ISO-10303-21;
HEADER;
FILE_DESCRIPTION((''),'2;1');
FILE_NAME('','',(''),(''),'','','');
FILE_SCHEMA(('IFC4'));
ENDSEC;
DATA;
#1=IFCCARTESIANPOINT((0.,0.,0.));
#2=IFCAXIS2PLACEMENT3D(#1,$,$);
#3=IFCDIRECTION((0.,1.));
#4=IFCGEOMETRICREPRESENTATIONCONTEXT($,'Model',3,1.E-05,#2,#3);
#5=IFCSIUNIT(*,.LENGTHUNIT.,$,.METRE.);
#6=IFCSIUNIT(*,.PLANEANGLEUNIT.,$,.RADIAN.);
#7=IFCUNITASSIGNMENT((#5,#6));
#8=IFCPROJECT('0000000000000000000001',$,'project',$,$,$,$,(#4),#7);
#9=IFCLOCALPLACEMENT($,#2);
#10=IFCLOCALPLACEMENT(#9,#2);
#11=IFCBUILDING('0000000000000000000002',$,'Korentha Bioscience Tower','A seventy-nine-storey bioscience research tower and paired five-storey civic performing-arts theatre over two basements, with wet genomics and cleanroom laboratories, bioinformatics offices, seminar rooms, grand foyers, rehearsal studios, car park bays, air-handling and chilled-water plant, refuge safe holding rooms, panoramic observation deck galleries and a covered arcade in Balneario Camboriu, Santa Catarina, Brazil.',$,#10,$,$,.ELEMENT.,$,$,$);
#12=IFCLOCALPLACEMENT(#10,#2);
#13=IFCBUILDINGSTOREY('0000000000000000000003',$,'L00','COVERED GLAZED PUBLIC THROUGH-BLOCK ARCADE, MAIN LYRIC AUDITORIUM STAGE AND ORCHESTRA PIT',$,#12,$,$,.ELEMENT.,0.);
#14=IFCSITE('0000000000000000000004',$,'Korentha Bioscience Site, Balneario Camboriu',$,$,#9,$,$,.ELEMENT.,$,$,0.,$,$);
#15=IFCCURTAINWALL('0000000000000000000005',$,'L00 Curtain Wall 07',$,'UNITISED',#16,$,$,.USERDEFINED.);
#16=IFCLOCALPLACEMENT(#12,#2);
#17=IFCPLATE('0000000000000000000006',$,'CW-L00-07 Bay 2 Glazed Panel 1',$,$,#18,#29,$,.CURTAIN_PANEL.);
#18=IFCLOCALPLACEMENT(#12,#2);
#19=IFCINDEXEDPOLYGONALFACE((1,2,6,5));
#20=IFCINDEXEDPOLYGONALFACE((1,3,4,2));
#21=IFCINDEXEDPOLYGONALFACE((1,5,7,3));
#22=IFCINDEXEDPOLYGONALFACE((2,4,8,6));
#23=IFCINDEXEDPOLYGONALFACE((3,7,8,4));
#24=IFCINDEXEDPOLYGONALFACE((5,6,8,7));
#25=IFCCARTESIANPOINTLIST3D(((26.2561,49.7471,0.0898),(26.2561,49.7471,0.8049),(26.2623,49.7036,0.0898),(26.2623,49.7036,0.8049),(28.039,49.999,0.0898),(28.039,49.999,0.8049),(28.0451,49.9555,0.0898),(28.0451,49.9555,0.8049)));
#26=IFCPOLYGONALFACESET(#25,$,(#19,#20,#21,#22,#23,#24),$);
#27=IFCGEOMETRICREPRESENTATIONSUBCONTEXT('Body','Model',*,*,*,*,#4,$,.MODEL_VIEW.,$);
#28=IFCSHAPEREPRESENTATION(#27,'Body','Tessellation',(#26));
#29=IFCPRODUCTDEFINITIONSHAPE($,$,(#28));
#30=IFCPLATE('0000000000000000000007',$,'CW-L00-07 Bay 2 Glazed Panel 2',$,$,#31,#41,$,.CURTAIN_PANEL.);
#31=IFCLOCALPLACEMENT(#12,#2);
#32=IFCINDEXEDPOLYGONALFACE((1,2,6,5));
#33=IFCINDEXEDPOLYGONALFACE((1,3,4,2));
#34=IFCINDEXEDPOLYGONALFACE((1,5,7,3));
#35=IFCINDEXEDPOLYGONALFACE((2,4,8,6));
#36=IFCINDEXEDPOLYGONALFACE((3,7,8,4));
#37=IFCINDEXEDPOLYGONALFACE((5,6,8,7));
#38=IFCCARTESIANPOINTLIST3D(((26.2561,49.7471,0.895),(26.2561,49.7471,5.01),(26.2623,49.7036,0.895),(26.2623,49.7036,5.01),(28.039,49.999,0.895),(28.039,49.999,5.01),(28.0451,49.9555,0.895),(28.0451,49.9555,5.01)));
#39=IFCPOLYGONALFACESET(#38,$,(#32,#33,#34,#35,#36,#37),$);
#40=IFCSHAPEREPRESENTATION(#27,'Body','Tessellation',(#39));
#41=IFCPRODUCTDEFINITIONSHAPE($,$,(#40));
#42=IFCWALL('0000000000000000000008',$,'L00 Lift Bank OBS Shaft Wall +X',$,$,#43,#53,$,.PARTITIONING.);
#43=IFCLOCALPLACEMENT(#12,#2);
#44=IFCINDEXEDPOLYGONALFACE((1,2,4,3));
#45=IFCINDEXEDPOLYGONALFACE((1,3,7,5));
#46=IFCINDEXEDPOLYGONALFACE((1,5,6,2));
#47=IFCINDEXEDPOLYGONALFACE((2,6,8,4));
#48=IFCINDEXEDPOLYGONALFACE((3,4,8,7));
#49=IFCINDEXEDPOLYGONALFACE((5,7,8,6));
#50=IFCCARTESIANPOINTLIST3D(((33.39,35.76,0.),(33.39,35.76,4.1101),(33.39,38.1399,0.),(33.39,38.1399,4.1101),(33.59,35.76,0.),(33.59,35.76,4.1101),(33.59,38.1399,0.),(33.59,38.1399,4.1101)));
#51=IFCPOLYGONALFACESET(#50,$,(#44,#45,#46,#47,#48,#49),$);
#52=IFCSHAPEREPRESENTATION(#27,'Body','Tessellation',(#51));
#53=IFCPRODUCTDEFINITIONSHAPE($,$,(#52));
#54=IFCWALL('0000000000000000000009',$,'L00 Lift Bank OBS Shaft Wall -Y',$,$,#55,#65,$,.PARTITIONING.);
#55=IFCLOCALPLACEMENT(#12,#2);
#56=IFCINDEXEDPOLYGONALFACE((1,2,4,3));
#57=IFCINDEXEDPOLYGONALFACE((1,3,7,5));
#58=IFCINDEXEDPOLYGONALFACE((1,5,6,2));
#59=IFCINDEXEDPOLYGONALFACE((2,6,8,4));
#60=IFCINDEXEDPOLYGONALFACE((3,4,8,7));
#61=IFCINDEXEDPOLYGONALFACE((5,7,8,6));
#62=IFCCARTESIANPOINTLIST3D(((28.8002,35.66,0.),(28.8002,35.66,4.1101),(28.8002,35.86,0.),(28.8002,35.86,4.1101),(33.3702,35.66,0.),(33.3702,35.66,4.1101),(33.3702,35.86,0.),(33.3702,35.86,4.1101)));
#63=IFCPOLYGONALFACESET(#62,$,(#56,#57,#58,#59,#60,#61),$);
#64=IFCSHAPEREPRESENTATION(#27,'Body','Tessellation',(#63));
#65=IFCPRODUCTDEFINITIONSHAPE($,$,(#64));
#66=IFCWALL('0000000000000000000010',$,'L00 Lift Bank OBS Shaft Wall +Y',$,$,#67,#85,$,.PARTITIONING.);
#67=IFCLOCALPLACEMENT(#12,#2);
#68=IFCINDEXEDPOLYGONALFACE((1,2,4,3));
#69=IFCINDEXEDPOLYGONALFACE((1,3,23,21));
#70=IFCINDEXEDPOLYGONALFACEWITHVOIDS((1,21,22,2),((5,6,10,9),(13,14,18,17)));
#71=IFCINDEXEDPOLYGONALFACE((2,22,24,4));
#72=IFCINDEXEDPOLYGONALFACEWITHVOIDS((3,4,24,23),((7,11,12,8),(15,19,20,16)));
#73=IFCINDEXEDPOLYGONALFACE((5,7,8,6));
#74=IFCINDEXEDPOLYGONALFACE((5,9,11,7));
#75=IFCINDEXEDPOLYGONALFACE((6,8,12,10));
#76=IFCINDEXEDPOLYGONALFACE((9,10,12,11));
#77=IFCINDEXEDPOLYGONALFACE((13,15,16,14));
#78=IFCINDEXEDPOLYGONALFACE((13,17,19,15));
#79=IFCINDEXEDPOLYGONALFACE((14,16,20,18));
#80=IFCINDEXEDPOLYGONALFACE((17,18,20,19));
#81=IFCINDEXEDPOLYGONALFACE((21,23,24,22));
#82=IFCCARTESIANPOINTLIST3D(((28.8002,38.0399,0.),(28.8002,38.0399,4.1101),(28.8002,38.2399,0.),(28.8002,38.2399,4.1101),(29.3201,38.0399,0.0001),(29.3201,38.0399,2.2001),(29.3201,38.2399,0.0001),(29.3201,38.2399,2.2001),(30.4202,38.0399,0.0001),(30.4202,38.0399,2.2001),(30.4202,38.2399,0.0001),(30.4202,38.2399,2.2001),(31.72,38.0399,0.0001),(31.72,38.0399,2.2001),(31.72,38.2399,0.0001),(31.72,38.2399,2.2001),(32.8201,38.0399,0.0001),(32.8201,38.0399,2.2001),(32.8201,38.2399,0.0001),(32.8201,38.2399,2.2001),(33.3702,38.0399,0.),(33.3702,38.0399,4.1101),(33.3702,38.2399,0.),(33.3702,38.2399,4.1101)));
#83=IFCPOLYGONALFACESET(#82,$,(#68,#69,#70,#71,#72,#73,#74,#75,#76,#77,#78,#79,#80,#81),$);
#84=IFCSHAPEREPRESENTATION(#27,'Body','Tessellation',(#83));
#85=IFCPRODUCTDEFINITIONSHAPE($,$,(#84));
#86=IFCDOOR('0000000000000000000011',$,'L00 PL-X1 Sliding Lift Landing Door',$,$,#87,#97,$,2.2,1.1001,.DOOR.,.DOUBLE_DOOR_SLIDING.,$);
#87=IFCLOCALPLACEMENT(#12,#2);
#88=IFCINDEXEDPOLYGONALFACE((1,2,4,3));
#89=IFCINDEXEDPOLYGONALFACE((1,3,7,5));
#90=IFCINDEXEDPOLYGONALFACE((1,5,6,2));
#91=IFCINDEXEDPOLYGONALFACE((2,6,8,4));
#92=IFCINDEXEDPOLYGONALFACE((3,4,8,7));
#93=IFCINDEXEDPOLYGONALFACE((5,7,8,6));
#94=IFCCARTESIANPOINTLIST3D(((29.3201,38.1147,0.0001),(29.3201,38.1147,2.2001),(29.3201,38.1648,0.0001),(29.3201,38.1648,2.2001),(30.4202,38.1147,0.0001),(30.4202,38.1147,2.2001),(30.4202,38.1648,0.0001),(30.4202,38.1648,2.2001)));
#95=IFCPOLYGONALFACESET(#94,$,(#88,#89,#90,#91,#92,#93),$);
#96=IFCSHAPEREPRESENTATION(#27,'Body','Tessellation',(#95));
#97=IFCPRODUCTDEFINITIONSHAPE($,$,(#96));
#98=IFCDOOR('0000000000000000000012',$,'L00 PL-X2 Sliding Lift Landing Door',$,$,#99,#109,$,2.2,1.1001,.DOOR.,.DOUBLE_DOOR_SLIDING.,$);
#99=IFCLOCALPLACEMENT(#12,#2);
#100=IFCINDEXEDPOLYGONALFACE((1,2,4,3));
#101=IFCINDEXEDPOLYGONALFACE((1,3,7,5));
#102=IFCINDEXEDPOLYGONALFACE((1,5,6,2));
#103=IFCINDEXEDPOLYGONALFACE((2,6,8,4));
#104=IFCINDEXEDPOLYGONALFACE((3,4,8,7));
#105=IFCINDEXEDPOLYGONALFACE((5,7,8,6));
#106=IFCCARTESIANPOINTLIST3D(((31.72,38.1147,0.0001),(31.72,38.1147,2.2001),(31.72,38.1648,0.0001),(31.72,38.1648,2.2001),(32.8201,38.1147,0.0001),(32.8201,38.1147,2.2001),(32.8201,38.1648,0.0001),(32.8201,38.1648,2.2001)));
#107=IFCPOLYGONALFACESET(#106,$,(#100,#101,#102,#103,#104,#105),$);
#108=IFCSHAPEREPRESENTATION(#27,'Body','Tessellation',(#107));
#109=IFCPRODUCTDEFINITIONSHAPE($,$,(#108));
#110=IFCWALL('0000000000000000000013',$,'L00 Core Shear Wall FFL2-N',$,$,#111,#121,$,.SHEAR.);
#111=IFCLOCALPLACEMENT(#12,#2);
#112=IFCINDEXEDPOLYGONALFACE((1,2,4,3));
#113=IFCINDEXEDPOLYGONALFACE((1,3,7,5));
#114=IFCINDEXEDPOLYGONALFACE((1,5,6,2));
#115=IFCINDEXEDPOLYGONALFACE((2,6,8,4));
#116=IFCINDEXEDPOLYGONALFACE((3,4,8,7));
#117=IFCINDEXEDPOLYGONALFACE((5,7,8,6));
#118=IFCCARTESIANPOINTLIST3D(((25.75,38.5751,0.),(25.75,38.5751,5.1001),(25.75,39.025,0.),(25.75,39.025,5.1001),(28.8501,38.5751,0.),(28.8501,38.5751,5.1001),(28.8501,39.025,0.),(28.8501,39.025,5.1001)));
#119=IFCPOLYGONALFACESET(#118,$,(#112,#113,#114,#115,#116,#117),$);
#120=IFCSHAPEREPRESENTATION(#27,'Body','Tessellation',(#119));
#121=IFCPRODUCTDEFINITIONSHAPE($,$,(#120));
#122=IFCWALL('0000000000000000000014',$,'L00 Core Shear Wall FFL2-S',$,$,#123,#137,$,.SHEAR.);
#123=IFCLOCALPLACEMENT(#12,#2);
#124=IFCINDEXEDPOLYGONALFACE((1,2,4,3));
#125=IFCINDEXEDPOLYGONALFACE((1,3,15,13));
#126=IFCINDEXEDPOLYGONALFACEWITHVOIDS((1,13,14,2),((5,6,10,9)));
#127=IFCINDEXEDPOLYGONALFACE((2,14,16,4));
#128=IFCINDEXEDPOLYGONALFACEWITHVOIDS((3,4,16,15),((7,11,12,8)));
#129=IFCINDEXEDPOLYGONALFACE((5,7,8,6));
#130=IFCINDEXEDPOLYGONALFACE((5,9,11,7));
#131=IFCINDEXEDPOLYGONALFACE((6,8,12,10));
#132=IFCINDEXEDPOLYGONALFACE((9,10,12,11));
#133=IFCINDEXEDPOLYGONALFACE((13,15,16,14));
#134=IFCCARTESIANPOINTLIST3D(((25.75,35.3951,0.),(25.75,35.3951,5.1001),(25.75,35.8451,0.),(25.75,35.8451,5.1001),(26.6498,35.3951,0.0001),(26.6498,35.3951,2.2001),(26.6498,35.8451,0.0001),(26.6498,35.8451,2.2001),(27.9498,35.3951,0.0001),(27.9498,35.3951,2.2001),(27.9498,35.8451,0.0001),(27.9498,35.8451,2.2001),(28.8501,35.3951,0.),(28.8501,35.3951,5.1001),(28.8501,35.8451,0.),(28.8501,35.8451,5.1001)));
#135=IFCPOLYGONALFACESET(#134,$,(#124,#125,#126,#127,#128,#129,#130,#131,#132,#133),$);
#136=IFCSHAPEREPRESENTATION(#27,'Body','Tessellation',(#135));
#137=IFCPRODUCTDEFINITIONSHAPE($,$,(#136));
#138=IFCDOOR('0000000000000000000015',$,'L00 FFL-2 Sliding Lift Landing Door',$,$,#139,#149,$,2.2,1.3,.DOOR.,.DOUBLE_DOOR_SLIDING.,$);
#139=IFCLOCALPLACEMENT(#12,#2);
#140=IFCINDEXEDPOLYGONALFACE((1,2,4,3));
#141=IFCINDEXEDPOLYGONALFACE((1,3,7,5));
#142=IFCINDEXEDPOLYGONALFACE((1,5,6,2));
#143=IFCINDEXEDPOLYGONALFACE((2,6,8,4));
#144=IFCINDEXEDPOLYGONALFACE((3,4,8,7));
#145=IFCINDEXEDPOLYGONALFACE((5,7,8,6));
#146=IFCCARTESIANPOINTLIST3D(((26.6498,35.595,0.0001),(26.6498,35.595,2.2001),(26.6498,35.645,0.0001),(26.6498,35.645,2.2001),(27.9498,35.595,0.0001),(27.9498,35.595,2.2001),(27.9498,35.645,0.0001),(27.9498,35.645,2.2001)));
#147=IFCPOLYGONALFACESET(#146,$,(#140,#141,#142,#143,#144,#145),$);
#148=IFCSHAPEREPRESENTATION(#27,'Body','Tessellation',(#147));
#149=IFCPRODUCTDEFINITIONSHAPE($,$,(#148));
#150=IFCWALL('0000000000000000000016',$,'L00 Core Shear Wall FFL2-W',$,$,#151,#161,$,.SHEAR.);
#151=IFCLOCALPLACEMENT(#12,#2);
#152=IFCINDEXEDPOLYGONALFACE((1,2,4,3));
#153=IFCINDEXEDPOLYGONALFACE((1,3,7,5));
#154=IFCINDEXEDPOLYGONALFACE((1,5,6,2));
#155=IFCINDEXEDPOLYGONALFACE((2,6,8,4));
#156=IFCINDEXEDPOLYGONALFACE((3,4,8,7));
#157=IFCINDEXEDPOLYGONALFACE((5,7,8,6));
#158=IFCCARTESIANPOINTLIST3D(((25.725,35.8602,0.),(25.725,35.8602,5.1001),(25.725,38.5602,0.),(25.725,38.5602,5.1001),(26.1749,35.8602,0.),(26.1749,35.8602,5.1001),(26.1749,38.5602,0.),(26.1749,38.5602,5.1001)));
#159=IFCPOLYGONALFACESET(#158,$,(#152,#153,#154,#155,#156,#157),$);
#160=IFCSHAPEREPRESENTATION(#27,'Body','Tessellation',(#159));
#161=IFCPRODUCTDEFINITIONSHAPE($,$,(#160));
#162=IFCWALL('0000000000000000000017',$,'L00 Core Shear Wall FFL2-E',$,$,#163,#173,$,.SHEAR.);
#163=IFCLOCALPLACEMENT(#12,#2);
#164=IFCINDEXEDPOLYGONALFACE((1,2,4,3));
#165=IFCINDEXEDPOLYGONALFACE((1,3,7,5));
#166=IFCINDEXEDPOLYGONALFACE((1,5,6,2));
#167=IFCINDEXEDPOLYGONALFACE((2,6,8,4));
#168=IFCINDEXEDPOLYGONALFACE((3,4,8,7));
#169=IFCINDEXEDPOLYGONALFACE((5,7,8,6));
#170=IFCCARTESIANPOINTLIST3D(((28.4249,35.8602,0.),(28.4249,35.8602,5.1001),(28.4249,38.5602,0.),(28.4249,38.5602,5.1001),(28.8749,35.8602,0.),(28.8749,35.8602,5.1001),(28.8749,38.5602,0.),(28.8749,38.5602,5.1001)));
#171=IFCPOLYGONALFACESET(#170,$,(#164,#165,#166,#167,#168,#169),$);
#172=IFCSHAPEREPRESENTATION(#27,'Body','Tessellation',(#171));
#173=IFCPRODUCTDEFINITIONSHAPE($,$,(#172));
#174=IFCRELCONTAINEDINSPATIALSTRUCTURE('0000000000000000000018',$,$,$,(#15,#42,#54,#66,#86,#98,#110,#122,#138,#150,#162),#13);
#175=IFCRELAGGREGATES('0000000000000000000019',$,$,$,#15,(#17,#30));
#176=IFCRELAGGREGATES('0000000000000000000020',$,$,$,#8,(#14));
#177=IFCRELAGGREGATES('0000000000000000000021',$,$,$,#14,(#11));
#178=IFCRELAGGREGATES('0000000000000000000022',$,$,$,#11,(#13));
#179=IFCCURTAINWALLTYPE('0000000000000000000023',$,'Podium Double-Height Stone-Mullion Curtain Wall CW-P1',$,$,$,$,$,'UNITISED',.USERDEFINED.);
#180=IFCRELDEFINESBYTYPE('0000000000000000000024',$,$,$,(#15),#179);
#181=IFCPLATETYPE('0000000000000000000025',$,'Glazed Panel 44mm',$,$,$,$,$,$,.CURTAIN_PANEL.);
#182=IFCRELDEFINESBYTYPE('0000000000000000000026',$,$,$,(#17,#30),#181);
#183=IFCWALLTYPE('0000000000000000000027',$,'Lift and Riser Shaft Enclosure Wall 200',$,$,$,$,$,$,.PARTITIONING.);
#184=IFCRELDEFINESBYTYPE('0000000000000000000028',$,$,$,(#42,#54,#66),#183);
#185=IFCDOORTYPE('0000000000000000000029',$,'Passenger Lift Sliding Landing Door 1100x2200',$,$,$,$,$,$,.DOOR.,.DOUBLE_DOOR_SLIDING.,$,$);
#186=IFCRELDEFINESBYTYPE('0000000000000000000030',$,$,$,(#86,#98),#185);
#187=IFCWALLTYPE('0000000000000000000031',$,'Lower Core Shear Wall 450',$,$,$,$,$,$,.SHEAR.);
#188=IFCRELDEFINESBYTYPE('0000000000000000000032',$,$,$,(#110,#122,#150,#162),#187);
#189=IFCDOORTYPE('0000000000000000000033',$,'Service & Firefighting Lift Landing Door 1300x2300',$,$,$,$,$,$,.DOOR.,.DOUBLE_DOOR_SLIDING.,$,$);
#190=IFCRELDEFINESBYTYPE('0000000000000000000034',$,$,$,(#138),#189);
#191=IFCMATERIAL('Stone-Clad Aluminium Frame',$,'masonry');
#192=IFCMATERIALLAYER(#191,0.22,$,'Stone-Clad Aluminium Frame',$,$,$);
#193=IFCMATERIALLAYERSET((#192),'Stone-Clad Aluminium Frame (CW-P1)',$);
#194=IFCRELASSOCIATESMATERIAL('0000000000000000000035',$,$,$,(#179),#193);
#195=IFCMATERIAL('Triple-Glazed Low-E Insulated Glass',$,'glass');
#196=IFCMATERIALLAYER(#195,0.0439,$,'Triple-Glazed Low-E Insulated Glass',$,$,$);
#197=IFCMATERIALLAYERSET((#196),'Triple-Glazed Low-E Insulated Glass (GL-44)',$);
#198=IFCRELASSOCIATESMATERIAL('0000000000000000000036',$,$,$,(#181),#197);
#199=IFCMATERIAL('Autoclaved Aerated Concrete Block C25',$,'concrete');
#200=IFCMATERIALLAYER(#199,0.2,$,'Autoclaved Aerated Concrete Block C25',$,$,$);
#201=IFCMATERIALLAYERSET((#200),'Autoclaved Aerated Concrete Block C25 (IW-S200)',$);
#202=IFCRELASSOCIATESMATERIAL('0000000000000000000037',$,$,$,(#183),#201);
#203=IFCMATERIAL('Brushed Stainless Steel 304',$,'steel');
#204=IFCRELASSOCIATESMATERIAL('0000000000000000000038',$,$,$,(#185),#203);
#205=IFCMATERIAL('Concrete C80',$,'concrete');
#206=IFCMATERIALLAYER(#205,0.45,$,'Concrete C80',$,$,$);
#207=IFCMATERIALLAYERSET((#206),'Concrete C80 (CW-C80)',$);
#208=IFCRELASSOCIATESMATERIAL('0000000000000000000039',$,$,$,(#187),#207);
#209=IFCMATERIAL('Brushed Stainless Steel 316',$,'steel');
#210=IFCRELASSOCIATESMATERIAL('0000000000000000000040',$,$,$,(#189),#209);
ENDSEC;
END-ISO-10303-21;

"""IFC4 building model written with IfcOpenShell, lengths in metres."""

from ifc_helpers import new_model, si_unit, direction, frame, frame_2d, origin, origin_2d, place, context, subcontext, project, spatial, rectangle, extrude, material, layer, layer_set, type_object, element, fill, aggregate, save


model = new_model("IFC4")

# Units and contexts
model_context = context("Model", 3, precision=1e-05, world=origin(), true_north=direction((0.0, 1.0)))
body_context = subcontext(model_context, "Body", "Model", "MODEL_VIEW")
ifc_project = project(units=[si_unit("LENGTHUNIT", "METRE"), si_unit("PLANEANGLEUNIT", "RADIAN")], contexts=[model_context])

# Site, building, storey
site_placement = place(None, origin())
site = spatial("IfcSite", under=ifc_project, at=site_placement, Name="Korentha Bioscience Site, Balneario Camboriu", CompositionType="ELEMENT", RefElevation=0.0)
building_placement = place(site_placement, origin())
building = spatial("IfcBuilding", under=site, at=building_placement, Name="Korentha Bioscience Tower", Description="A seventy-nine-storey bioscience research tower and paired five-storey civic performing-arts theatre over two basements, with wet genomics and cleanroom laboratories, bioinformatics offices, seminar rooms, grand foyers, rehearsal studios, car park bays, air-handling and chilled-water plant, refuge safe holding rooms, panoramic observation deck galleries and a covered arcade in Balneario Camboriu, Santa Catarina, Brazil.", CompositionType="ELEMENT")
storey_placement = place(building_placement, origin())
storey = spatial("IfcBuildingStorey", under=building, at=storey_placement, Name="L00", Description="COVERED GLAZED PUBLIC THROUGH-BLOCK ARCADE, MAIN LYRIC AUDITORIUM STAGE AND ORCHESTRA PIT", CompositionType="ELEMENT", Elevation=0.0)

# Shared definitions
ifc_material_1 = material(Name="Concrete C80", Category="concrete")

# Curtain wall
ifc_material_2 = material(Name="Stone-Clad Aluminium Frame", Category="masonry")
ifc_layer_1 = layer(ifc_material_2, 0.22, Name="Stone-Clad Aluminium Frame")
ifc_layer_set_1 = layer_set([ifc_layer_1], Name="Stone-Clad Aluminium Frame (CW-P1)")
curtain_wall_type = type_object("IfcCurtainWallType", Name="Podium Double-Height Stone-Mullion Curtain Wall CW-P1", ElementType="UNITISED", PredefinedType="USERDEFINED", material=ifc_layer_set_1)
curtain_wall_placement = place(storey_placement, origin())
curtain_wall = element("IfcCurtainWall", 1, at=curtain_wall_placement, inside=storey, type_object=curtain_wall_type, Name="L00 Curtain Wall 07", ObjectType="UNITISED", PredefinedType="USERDEFINED")

# Plates
ifc_material_3 = material(Name="Triple-Glazed Low-E Insulated Glass", Category="glass")
ifc_layer_2 = layer(ifc_material_3, 0.0439, Name="Triple-Glazed Low-E Insulated Glass")
ifc_layer_set_2 = layer_set([ifc_layer_2], Name="Triple-Glazed Low-E Insulated Glass (GL-44)")
plate_type = type_object("IfcPlateType", Name="Glazed Panel 44mm", PredefinedType="CURTAIN_PANEL", material=ifc_layer_set_2)
plate_1_placement = place(storey_placement, frame((27.1506, 49.8513, 0.0898), z_axis=(0.0, 0.0, 1.0), x_axis=(-0.990167, -0.139888, 0.0)))
plate_1 = element("IfcPlate", 2, at=plate_1_placement, type_object=plate_type, Name="CW-L00-07 Bay 2 Glazed Panel 1", PredefinedType="CURTAIN_PANEL", context=body_context, shape_type="SweptSolid", body=[
    extrude(rectangle(XDim=1.8005, YDim=0.0439, at=origin_2d()), origin(), (0.0, 0.0, 1.0), 0.7151),
])
plate_2_placement = place(storey_placement, frame((27.1506, 49.8513, 0.895), z_axis=(0.0, 0.0, 1.0), x_axis=(-0.990167, -0.139888, 0.0)))
plate_2 = element("IfcPlate", 3, at=plate_2_placement, type_object=plate_type, Name="CW-L00-07 Bay 2 Glazed Panel 2", PredefinedType="CURTAIN_PANEL", context=body_context, shape_type="SweptSolid", body=[
    extrude(rectangle(XDim=1.8005, YDim=0.0439, at=origin_2d()), origin(), (0.0, 0.0, 1.0), 4.115),
])
aggregate(curtain_wall, [plate_1, plate_2])

# Walls
ifc_material_4 = material(Name="Autoclaved Aerated Concrete Block C25", Category="concrete")
ifc_layer_3 = layer(ifc_material_4, 0.2, Name="Autoclaved Aerated Concrete Block C25")
ifc_layer_set_3 = layer_set([ifc_layer_3], Name="Autoclaved Aerated Concrete Block C25 (IW-S200)")
wall_type_1 = type_object("IfcWallType", Name="Lift and Riser Shaft Enclosure Wall 200", PredefinedType="PARTITIONING", material=ifc_layer_set_3)
wall_1_placement = place(storey_placement, frame((33.49, 35.76, 0.0), z_axis=(0.0, 0.0, 1.0), x_axis=(0.0, 1.0, 0.0)))
element("IfcWall", 4, at=wall_1_placement, inside=storey, type_object=wall_type_1, Name="L00 Lift Bank OBS Shaft Wall +X", PredefinedType="PARTITIONING", context=body_context, shape_type="SweptSolid", body=[
    extrude(rectangle(XDim=2.3799, YDim=0.2, at=frame_2d((1.1899, 0.0))), origin(), (0.0, 0.0, 1.0), 4.1101),
])
wall_2_placement = place(storey_placement, frame((28.8, 35.76, 0.0), z_axis=(0.0, 0.0, 1.0), x_axis=(1.0, 0.0, 0.0)))
element("IfcWall", 5, at=wall_2_placement, inside=storey, type_object=wall_type_1, Name="L00 Lift Bank OBS Shaft Wall -Y", PredefinedType="PARTITIONING", context=body_context, shape_type="SweptSolid", body=[
    extrude(rectangle(XDim=4.5701, YDim=0.2, at=frame_2d((2.2852, 0.0))), origin(), (0.0, 0.0, 1.0), 4.1101),
])

# Wall, openings, doors
wall_3_placement = place(storey_placement, frame((28.8, 38.1399, 0.0), z_axis=(0.0, 0.0, 1.0), x_axis=(1.0, 0.0, 0.0)))
wall_3 = element("IfcWall", 6, at=wall_3_placement, inside=storey, type_object=wall_type_1, Name="L00 Lift Bank OBS Shaft Wall +Y", PredefinedType="PARTITIONING", context=body_context, shape_type="SweptSolid", body=[
    extrude(rectangle(XDim=4.5701, YDim=0.2, at=frame_2d((2.2852, 0.0))), origin(), (0.0, 0.0, 1.0), 4.1101),
])
opening_1_placement = place(wall_3_placement, frame((0.52, 0.0, 0.0)))
opening_1 = element("IfcOpeningElement", 7, at=opening_1_placement, cuts=wall_3, PredefinedType="OPENING", context=body_context, shape_type="SweptSolid", body=[
    extrude(rectangle(XDim=1.1001, YDim=2.2, at=frame_2d((0.55, 1.1001))), frame((0.0, 0.1147, 0.0), z_axis=(0.0, -1.0, 0.0), x_axis=(1.0, 0.0, 0.0)), (0.0, 0.0, 1.0), 0.2297),
])
opening_2_placement = place(wall_3_placement, frame((2.9199, 0.0, 0.0)))
opening_2 = element("IfcOpeningElement", 8, at=opening_2_placement, cuts=wall_3, PredefinedType="OPENING", context=body_context, shape_type="SweptSolid", body=[
    extrude(rectangle(XDim=1.1001, YDim=2.2, at=frame_2d((0.55, 1.1001))), frame((0.0, 0.1147, 0.0), z_axis=(0.0, -1.0, 0.0), x_axis=(1.0, 0.0, 0.0)), (0.0, 0.0, 1.0), 0.2297),
])
ifc_material_5 = material(Name="Brushed Stainless Steel 304", Category="steel")
door_type_1 = type_object("IfcDoorType", Name="Passenger Lift Sliding Landing Door 1100x2200", OperationType="DOUBLE_DOOR_SLIDING", PredefinedType="DOOR", material=ifc_material_5)
door_1_placement = place(opening_1_placement, origin())
door_1 = element("IfcDoor", 9, at=door_1_placement, inside=storey, type_object=door_type_1, Name="L00 PL-X1 Sliding Lift Landing Door", OperationType="DOUBLE_DOOR_SLIDING", OverallHeight=2.2, OverallWidth=1.1001, PredefinedType="DOOR", context=body_context, shape_type="SweptSolid", body=[
    extrude(rectangle(XDim=1.1001, YDim=2.2, at=frame_2d((0.55, 1.1001))), frame((0.0, 0.0249, 0.0), z_axis=(0.0, -1.0, 0.0), x_axis=(1.0, 0.0, 0.0)), (0.0, 0.0, 1.0), 0.05),
])
fill(opening_1, door_1)
door_2_placement = place(opening_2_placement, origin())
door_2 = element("IfcDoor", 10, at=door_2_placement, inside=storey, type_object=door_type_1, Name="L00 PL-X2 Sliding Lift Landing Door", OperationType="DOUBLE_DOOR_SLIDING", OverallHeight=2.2, OverallWidth=1.1001, PredefinedType="DOOR", context=body_context, shape_type="SweptSolid", body=[
    extrude(rectangle(XDim=1.1001, YDim=2.2, at=frame_2d((0.55, 1.1001))), frame((0.0, 0.0249, 0.0), z_axis=(0.0, -1.0, 0.0), x_axis=(1.0, 0.0, 0.0)), (0.0, 0.0, 1.0), 0.05),
])
fill(opening_2, door_2)

# Wall
ifc_layer_4 = layer(ifc_material_1, 0.45, Name="Concrete C80")
ifc_layer_set_4 = layer_set([ifc_layer_4], Name="Concrete C80 (CW-C80)")
wall_type_2 = type_object("IfcWallType", Name="Lower Core Shear Wall 450", PredefinedType="SHEAR", material=ifc_layer_set_4)
wall_4_placement = place(storey_placement, frame((25.75, 38.8, 0.0), z_axis=(0.0, 0.0, 1.0), x_axis=(1.0, 0.0, 0.0)))
element("IfcWall", 11, at=wall_4_placement, inside=storey, type_object=wall_type_2, Name="L00 Core Shear Wall FFL2-N", PredefinedType="SHEAR", context=body_context, shape_type="SweptSolid", body=[
    extrude(rectangle(XDim=3.1001, YDim=0.45, at=frame_2d((1.55, 0.0))), origin(), (0.0, 0.0, 1.0), 5.1001),
])

# Wall, opening, door
wall_5_placement = place(storey_placement, frame((25.75, 35.6201, 0.0), z_axis=(0.0, 0.0, 1.0), x_axis=(1.0, 0.0, 0.0)))
wall_5 = element("IfcWall", 12, at=wall_5_placement, inside=storey, type_object=wall_type_2, Name="L00 Core Shear Wall FFL2-S", PredefinedType="SHEAR", context=body_context, shape_type="SweptSolid", body=[
    extrude(rectangle(XDim=3.1001, YDim=0.45, at=frame_2d((1.55, 0.0))), origin(), (0.0, 0.0, 1.0), 5.1001),
])
opening_3_placement = place(wall_5_placement, frame((0.8999, 0.0, 0.0)))
opening_3 = element("IfcOpeningElement", 13, at=opening_3_placement, cuts=wall_5, PredefinedType="OPENING", context=body_context, shape_type="SweptSolid", body=[
    extrude(rectangle(XDim=1.3, YDim=2.2, at=frame_2d((0.6499, 1.1001))), frame((0.0, 0.2397, 0.0), z_axis=(0.0, -1.0, 0.0), x_axis=(1.0, 0.0, 0.0)), (0.0, 0.0, 1.0), 0.4797),
])
ifc_material_6 = material(Name="Brushed Stainless Steel 316", Category="steel")
door_type_2 = type_object("IfcDoorType", Name="Service & Firefighting Lift Landing Door 1300x2300", OperationType="DOUBLE_DOOR_SLIDING", PredefinedType="DOOR", material=ifc_material_6)
door_3_placement = place(opening_3_placement, origin())
door_3 = element("IfcDoor", 14, at=door_3_placement, inside=storey, type_object=door_type_2, Name="L00 FFL-2 Sliding Lift Landing Door", OperationType="DOUBLE_DOOR_SLIDING", OverallHeight=2.2, OverallWidth=1.3, PredefinedType="DOOR", context=body_context, shape_type="SweptSolid", body=[
    extrude(rectangle(XDim=1.3, YDim=2.2, at=frame_2d((0.6499, 1.1001))), frame((0.0, 0.0249, 0.0), z_axis=(0.0, -1.0, 0.0), x_axis=(1.0, 0.0, 0.0)), (0.0, 0.0, 1.0), 0.05),
])
fill(opening_3, door_3)

# Walls
for number, where, z_axis, x_axis, name in (
    (15, (25.95, 35.8601, 0.0), (0.0, 0.0, 1.0), (0.0, 1.0, 0.0), "L00 Core Shear Wall FFL2-W"),
    (16, (28.6499, 35.8601, 0.0), (0.0, 0.0, 1.0), (0.0, 1.0, 0.0), "L00 Core Shear Wall FFL2-E"),
):
    element("IfcWall", number, at=place(storey_placement, frame(where, z_axis=z_axis, x_axis=x_axis)), inside=storey, type_object=wall_type_2, Name=name, PredefinedType="SHEAR", context=body_context, shape_type="SweptSolid", body=[
        extrude(rectangle(XDim=2.7, YDim=0.45, at=frame_2d((1.3501, 0.0))), origin(), (0.0, 0.0, 1.0), 5.1001),
    ])

save(model, "model.ifc")
